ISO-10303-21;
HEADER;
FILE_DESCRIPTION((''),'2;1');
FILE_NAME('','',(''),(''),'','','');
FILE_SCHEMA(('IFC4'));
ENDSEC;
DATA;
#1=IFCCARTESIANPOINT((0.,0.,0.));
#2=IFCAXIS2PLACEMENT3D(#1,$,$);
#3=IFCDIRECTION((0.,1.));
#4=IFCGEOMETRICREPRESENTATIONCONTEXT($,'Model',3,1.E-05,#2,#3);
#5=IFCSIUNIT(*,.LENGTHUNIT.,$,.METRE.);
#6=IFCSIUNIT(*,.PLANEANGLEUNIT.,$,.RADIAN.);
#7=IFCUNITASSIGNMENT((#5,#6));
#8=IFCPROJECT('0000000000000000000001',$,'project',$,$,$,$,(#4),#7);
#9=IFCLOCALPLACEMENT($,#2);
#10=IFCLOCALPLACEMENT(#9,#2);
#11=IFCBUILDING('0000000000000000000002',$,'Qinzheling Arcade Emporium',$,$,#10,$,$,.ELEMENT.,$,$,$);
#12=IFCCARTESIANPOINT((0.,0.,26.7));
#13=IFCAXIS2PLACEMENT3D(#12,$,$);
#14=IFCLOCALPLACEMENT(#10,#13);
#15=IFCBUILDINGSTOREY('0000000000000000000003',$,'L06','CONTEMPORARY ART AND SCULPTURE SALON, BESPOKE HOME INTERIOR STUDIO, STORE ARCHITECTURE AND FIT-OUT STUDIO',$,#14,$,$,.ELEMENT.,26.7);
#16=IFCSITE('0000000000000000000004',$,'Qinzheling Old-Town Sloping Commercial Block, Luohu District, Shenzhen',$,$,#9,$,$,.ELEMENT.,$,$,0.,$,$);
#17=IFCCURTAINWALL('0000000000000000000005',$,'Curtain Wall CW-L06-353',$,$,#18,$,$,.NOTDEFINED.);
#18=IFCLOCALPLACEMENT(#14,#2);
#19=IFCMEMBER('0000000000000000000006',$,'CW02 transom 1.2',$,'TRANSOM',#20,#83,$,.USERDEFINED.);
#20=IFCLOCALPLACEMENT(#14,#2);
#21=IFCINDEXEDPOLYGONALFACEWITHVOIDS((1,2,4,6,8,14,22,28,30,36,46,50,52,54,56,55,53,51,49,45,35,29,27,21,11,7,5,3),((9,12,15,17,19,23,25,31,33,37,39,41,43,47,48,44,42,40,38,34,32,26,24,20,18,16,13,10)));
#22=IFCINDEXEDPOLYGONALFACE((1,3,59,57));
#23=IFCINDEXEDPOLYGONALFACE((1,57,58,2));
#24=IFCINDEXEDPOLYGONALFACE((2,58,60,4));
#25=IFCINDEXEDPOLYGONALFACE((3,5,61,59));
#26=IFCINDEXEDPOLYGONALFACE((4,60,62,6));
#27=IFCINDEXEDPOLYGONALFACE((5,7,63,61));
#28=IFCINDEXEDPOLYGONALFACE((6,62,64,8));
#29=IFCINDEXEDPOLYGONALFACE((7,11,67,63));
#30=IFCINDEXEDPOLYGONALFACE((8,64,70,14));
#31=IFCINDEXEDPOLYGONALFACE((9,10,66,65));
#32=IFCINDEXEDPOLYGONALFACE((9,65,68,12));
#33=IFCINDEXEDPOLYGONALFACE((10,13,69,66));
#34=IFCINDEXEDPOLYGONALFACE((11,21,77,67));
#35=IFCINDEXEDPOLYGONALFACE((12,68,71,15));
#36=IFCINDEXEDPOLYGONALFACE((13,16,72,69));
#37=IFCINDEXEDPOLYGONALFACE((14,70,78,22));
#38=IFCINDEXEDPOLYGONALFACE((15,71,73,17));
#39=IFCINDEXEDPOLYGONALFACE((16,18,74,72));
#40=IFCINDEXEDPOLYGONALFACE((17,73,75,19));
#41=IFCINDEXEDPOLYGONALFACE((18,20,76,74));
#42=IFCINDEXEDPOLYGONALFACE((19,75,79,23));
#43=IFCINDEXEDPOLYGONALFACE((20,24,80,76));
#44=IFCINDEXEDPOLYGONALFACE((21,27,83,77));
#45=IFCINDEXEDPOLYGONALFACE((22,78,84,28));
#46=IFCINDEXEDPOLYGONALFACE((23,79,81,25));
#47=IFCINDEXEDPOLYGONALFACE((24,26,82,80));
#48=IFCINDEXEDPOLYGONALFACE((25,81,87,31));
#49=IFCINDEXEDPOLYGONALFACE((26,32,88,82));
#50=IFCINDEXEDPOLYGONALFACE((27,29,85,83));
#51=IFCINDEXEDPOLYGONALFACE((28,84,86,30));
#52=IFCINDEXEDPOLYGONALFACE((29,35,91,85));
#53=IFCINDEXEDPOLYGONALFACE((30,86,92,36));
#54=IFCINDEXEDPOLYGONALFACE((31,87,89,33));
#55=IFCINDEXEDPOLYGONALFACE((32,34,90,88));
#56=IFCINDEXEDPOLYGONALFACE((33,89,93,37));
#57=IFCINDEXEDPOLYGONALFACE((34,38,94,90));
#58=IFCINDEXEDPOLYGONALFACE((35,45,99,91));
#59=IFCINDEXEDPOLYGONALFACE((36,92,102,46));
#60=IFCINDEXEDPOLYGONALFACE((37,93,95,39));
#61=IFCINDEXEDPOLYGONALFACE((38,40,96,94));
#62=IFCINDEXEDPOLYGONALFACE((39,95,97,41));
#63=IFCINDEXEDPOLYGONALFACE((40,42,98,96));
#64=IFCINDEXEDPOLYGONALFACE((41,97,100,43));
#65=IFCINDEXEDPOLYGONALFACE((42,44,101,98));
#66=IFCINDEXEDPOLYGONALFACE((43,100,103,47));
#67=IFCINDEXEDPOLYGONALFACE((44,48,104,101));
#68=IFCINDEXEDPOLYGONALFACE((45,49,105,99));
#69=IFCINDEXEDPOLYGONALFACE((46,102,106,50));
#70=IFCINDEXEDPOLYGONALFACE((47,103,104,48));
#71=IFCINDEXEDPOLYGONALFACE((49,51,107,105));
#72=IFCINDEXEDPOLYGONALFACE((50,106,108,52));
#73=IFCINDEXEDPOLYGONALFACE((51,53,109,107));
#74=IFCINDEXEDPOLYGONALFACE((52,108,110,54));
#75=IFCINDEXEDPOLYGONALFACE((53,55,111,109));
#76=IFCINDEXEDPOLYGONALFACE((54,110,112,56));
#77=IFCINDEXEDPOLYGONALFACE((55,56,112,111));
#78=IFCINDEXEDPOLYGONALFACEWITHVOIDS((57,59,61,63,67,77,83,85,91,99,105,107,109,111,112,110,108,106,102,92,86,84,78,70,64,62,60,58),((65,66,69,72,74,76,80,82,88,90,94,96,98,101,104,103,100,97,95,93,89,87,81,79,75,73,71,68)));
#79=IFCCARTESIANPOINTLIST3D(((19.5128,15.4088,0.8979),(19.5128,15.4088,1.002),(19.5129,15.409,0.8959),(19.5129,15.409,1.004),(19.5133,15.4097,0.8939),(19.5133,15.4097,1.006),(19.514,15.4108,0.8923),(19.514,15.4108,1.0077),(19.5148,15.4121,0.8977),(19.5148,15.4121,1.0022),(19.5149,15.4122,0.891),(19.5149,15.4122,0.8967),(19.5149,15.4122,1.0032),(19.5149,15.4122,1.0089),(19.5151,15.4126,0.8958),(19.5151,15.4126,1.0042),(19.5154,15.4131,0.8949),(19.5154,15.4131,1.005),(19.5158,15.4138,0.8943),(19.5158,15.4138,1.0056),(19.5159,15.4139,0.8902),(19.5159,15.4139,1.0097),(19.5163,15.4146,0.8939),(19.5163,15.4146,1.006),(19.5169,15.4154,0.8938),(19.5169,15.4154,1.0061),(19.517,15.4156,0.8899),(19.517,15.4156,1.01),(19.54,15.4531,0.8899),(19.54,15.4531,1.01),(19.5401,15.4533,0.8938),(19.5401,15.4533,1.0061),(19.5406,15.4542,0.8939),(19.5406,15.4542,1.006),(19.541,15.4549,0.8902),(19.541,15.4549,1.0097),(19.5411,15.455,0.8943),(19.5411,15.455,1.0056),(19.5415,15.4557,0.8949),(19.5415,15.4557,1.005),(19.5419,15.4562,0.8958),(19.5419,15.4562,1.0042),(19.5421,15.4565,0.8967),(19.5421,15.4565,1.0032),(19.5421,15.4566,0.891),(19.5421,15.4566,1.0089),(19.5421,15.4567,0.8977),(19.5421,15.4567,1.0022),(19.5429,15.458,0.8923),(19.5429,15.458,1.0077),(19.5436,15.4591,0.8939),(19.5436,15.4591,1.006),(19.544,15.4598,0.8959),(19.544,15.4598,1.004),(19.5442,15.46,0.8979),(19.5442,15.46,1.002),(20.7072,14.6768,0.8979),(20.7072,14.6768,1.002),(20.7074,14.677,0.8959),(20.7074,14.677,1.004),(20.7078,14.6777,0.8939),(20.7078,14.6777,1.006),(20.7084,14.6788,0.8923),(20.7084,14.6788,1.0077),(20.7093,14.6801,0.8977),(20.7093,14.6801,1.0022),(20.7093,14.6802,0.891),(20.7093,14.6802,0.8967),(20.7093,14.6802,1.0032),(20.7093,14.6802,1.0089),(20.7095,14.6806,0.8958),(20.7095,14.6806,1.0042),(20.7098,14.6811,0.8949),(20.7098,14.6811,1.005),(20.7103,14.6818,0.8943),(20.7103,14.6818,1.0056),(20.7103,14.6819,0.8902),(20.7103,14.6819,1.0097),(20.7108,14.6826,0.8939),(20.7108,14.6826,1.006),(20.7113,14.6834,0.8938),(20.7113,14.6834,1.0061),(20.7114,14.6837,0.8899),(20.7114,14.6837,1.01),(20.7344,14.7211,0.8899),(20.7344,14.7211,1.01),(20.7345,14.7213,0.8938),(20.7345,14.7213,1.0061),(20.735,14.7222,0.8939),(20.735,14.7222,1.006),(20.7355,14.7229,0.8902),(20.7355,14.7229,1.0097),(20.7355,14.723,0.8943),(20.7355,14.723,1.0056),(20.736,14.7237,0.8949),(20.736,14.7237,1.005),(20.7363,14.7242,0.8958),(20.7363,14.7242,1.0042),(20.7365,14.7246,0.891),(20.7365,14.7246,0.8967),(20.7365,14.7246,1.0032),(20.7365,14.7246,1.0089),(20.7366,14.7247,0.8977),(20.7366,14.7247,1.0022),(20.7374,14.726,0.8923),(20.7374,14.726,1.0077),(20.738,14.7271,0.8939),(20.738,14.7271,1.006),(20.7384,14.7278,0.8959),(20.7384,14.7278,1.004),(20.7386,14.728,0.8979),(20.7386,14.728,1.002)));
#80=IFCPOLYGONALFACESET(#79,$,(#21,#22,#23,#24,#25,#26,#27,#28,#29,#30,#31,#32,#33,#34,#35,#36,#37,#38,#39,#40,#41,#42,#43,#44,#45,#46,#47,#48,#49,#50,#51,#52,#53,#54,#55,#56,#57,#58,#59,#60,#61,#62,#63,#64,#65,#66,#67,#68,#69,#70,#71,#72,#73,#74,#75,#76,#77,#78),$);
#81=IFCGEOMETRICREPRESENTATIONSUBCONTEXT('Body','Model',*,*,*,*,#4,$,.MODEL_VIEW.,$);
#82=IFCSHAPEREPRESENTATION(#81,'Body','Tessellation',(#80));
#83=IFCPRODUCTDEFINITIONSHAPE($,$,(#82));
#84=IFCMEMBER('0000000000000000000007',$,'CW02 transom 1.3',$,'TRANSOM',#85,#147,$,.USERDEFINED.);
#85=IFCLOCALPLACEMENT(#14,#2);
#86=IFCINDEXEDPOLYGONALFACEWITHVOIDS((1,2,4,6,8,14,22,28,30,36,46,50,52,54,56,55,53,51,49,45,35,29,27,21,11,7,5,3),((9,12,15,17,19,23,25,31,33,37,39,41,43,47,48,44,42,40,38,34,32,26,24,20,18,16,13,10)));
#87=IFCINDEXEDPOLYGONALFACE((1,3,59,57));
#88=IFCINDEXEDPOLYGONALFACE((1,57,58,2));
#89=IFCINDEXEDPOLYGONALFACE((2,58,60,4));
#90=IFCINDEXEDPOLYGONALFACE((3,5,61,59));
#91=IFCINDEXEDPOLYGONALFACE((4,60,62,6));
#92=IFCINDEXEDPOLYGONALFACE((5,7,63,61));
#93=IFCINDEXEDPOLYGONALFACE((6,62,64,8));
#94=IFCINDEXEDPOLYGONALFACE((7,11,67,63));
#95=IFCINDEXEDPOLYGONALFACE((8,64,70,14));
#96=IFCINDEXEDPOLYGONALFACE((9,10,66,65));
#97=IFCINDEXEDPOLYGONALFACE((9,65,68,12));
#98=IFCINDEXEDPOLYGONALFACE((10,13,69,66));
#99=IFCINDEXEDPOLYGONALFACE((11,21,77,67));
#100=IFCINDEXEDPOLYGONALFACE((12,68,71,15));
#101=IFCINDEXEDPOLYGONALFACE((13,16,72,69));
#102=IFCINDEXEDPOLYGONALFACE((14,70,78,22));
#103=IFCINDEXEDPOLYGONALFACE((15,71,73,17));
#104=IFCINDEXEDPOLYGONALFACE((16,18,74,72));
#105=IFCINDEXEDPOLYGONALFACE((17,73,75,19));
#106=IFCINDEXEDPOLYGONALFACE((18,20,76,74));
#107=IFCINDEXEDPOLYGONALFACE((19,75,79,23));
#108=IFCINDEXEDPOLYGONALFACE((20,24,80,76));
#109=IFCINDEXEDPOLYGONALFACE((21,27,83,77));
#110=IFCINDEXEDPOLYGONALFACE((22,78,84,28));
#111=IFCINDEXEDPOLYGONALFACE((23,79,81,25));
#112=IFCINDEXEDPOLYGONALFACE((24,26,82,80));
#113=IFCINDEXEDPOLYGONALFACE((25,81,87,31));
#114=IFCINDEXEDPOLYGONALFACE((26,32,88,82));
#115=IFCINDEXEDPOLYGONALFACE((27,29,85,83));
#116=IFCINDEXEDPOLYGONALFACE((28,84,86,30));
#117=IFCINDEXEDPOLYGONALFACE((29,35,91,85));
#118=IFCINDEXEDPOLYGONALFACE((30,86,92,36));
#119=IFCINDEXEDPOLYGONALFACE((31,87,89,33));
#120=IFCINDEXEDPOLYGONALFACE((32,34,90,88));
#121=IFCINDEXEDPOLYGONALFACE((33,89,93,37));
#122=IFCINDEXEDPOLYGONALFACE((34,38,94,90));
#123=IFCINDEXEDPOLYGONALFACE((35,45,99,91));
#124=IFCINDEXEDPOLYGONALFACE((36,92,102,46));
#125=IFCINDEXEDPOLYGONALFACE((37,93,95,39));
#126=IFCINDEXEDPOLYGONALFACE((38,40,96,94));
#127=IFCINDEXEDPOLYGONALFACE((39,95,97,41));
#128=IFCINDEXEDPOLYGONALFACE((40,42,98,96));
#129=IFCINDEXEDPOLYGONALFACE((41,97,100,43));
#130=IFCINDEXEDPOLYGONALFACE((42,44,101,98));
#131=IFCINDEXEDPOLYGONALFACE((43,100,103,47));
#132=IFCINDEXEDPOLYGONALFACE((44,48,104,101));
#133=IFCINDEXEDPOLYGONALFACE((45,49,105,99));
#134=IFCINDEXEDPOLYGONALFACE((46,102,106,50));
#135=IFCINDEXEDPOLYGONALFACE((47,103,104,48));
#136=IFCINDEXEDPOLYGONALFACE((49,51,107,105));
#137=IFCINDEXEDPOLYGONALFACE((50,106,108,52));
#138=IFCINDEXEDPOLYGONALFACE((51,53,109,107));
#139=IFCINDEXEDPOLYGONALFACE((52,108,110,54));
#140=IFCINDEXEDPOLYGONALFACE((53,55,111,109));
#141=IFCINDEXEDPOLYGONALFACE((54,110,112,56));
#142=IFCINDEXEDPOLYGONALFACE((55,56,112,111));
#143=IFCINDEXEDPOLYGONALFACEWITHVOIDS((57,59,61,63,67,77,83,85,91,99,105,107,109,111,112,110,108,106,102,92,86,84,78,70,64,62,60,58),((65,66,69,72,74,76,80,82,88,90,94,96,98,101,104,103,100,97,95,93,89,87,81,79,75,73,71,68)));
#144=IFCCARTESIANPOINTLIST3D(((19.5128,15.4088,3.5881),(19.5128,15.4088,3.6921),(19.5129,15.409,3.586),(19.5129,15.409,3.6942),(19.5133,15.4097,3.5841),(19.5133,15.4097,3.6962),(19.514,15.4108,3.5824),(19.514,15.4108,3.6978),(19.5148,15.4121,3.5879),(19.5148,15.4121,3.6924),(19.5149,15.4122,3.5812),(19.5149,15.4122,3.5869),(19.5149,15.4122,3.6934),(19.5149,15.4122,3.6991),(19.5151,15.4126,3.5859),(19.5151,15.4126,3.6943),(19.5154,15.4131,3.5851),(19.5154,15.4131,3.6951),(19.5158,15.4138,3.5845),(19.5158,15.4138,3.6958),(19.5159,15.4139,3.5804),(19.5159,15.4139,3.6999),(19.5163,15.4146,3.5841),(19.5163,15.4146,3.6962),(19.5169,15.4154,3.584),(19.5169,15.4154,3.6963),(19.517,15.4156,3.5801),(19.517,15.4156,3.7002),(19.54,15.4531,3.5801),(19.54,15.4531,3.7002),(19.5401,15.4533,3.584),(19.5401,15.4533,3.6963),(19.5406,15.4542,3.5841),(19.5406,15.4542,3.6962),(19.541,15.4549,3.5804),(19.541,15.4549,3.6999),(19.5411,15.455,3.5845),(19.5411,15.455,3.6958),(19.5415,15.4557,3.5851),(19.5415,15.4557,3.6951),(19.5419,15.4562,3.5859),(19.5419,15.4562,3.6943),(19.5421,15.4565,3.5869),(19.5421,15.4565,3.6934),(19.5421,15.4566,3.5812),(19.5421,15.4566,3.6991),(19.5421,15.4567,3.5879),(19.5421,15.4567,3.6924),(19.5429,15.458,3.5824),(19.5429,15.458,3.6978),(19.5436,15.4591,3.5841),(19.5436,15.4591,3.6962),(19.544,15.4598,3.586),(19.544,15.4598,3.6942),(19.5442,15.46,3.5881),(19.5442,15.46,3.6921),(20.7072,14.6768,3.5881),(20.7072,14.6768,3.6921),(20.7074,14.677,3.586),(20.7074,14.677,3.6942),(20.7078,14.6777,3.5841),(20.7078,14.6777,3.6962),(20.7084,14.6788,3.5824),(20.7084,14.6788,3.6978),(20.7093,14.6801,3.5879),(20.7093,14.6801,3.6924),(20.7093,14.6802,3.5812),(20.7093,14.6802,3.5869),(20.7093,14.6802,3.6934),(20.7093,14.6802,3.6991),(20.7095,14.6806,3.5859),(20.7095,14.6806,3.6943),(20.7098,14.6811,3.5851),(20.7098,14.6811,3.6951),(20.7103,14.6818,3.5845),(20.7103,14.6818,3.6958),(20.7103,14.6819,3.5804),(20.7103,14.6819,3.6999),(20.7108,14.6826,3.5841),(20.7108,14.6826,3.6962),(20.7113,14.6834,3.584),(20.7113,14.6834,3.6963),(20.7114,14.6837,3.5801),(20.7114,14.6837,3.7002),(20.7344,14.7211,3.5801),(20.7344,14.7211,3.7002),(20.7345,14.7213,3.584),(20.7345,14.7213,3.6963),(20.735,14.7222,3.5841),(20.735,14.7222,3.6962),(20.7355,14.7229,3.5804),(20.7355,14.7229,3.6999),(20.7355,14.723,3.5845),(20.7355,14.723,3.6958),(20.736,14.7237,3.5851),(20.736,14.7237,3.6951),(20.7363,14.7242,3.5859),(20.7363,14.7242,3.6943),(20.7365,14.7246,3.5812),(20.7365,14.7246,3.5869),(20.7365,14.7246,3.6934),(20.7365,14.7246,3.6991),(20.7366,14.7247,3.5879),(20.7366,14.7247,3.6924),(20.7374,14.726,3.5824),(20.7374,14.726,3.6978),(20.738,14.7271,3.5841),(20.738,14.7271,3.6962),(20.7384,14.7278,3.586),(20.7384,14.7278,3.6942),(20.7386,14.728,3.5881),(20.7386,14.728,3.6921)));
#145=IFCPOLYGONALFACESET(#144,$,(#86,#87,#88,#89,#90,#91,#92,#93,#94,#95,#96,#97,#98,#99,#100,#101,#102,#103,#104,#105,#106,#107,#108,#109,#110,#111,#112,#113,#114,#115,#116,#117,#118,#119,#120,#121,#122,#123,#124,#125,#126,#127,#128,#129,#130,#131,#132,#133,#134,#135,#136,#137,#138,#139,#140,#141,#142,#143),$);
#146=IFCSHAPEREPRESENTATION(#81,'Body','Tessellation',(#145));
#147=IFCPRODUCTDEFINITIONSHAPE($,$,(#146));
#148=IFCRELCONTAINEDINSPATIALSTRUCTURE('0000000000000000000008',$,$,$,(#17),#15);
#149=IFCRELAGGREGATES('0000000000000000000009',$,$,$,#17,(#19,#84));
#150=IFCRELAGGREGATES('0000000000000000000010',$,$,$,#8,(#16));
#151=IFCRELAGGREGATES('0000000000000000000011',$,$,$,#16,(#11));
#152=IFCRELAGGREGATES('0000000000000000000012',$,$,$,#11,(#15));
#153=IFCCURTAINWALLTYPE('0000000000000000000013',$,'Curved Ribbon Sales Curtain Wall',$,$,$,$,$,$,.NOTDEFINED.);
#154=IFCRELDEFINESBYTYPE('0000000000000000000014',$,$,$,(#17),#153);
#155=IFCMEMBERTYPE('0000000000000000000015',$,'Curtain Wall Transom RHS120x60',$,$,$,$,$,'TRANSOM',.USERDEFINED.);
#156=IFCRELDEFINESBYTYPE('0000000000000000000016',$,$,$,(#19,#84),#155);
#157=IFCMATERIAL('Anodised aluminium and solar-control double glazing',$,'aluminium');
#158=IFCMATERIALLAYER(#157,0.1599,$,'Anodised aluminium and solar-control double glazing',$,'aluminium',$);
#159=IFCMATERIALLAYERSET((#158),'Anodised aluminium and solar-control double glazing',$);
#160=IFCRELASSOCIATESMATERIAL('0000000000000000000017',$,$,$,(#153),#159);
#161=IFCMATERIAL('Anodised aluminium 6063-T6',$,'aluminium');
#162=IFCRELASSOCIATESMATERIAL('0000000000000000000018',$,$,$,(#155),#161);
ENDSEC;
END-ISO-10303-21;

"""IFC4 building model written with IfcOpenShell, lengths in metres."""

from ifc_helpers import new_model, si_unit, direction, frame, origin, origin_2d, place, context, subcontext, project, spatial, hollow_rectangle, extrude, material, layer, layer_set, material_profile, profile_set, type_object, element, aggregate, save


model = new_model("IFC4")

# Units and contexts
model_context = context("Model", 3, precision=1e-05, world=origin(), true_north=direction((0.0, 1.0)))
body_context = subcontext(model_context, "Body", "Model", "MODEL_VIEW")
ifc_project = project(units=[si_unit("LENGTHUNIT", "METRE"), si_unit("PLANEANGLEUNIT", "RADIAN")], contexts=[model_context])

# Site, building, storey
site_placement = place(None, origin())
site = spatial("IfcSite", under=ifc_project, at=site_placement, Name="Qinzheling Old-Town Sloping Commercial Block, Luohu District, Shenzhen", CompositionType="ELEMENT", RefElevation=0.0)
building_placement = place(site_placement, origin())
building = spatial("IfcBuilding", under=site, at=building_placement, Name="Qinzheling Arcade Emporium", CompositionType="ELEMENT")
storey_placement = place(building_placement, frame((0.0, 0.0, 26.7)))
storey = spatial("IfcBuildingStorey", under=building, at=storey_placement, Name="L06", Description="CONTEMPORARY ART AND SCULPTURE SALON, BESPOKE HOME INTERIOR STUDIO, STORE ARCHITECTURE AND FIT-OUT STUDIO", CompositionType="ELEMENT", Elevation=26.7)

# Curtain wall
ifc_material_1 = material(Name="Anodised aluminium and solar-control double glazing", Category="aluminium")
ifc_layer_1 = layer(ifc_material_1, 0.1599, Name="Anodised aluminium and solar-control double glazing", Category="aluminium")
ifc_layer_set_1 = layer_set([ifc_layer_1], Name="Anodised aluminium and solar-control double glazing")
curtain_wall_type = type_object("IfcCurtainWallType", Name="Curved Ribbon Sales Curtain Wall", PredefinedType="NOTDEFINED", material=ifc_layer_set_1)
ifc_material_2 = material(Name="Anodised aluminium 6063-T6", Category="aluminium")
curtain_wall_1_placement = place(storey_placement, origin())
curtain_wall_1 = element("IfcCurtainWall", 1, at=curtain_wall_1_placement, inside=storey, type_object=curtain_wall_type, Name="Curtain Wall CW-L06-353", PredefinedType="NOTDEFINED")

# Members
ifc_material_profile_1 = material_profile(ifc_material_2, hollow_rectangle(XDim=0.0601, YDim=0.1201, WallThickness=0.0039, InnerFilletRadius=0.0039, OuterFilletRadius=0.0081, at=origin_2d()), Name="RHS 120x60x4", Category="aluminium")
ifc_profile_set_1 = profile_set([ifc_material_profile_1], Name="Anodised aluminium 6063-T6")
member_type_1 = type_object("IfcMemberType", Name="Curtain Wall Transom RHS120x60", ElementType="TRANSOM", PredefinedType="USERDEFINED", material=ifc_profile_set_1)
member_1_placement = place(storey_placement, frame((20.7229, 14.7024, 0.95), z_axis=(-0.852626, 0.522521, 0.0), x_axis=(-0.522521, -0.852626, 0.0)))
member_1 = element("IfcMember", 2, at=member_1_placement, type_object=member_type_1, Name="CW02 transom 1.2", ObjectType="TRANSOM", PredefinedType="USERDEFINED", context=body_context, shape_type="SweptSolid", body=[
    extrude(hollow_rectangle(XDim=0.0601, YDim=0.1201, WallThickness=0.0039, InnerFilletRadius=0.0039, OuterFilletRadius=0.0081, at=origin_2d()), origin(), (0.0, 0.0, 1.0), 1.4009),
])
member_2_placement = place(storey_placement, frame((20.7229, 14.7024, 3.6401), z_axis=(-0.852626, 0.522521, 0.0), x_axis=(-0.522521, -0.852626, 0.0)))
member_2 = element("IfcMember", 3, at=member_2_placement, type_object=member_type_1, Name="CW02 transom 1.3", ObjectType="TRANSOM", PredefinedType="USERDEFINED", context=body_context, shape_type="SweptSolid", body=[
    extrude(hollow_rectangle(XDim=0.0601, YDim=0.1201, WallThickness=0.0039, InnerFilletRadius=0.0039, OuterFilletRadius=0.0081, at=origin_2d()), origin(), (0.0, 0.0, 1.0), 1.4009),
])

aggregate(curtain_wall_1, [member_1, member_2])

save(model, "model.ifc")
